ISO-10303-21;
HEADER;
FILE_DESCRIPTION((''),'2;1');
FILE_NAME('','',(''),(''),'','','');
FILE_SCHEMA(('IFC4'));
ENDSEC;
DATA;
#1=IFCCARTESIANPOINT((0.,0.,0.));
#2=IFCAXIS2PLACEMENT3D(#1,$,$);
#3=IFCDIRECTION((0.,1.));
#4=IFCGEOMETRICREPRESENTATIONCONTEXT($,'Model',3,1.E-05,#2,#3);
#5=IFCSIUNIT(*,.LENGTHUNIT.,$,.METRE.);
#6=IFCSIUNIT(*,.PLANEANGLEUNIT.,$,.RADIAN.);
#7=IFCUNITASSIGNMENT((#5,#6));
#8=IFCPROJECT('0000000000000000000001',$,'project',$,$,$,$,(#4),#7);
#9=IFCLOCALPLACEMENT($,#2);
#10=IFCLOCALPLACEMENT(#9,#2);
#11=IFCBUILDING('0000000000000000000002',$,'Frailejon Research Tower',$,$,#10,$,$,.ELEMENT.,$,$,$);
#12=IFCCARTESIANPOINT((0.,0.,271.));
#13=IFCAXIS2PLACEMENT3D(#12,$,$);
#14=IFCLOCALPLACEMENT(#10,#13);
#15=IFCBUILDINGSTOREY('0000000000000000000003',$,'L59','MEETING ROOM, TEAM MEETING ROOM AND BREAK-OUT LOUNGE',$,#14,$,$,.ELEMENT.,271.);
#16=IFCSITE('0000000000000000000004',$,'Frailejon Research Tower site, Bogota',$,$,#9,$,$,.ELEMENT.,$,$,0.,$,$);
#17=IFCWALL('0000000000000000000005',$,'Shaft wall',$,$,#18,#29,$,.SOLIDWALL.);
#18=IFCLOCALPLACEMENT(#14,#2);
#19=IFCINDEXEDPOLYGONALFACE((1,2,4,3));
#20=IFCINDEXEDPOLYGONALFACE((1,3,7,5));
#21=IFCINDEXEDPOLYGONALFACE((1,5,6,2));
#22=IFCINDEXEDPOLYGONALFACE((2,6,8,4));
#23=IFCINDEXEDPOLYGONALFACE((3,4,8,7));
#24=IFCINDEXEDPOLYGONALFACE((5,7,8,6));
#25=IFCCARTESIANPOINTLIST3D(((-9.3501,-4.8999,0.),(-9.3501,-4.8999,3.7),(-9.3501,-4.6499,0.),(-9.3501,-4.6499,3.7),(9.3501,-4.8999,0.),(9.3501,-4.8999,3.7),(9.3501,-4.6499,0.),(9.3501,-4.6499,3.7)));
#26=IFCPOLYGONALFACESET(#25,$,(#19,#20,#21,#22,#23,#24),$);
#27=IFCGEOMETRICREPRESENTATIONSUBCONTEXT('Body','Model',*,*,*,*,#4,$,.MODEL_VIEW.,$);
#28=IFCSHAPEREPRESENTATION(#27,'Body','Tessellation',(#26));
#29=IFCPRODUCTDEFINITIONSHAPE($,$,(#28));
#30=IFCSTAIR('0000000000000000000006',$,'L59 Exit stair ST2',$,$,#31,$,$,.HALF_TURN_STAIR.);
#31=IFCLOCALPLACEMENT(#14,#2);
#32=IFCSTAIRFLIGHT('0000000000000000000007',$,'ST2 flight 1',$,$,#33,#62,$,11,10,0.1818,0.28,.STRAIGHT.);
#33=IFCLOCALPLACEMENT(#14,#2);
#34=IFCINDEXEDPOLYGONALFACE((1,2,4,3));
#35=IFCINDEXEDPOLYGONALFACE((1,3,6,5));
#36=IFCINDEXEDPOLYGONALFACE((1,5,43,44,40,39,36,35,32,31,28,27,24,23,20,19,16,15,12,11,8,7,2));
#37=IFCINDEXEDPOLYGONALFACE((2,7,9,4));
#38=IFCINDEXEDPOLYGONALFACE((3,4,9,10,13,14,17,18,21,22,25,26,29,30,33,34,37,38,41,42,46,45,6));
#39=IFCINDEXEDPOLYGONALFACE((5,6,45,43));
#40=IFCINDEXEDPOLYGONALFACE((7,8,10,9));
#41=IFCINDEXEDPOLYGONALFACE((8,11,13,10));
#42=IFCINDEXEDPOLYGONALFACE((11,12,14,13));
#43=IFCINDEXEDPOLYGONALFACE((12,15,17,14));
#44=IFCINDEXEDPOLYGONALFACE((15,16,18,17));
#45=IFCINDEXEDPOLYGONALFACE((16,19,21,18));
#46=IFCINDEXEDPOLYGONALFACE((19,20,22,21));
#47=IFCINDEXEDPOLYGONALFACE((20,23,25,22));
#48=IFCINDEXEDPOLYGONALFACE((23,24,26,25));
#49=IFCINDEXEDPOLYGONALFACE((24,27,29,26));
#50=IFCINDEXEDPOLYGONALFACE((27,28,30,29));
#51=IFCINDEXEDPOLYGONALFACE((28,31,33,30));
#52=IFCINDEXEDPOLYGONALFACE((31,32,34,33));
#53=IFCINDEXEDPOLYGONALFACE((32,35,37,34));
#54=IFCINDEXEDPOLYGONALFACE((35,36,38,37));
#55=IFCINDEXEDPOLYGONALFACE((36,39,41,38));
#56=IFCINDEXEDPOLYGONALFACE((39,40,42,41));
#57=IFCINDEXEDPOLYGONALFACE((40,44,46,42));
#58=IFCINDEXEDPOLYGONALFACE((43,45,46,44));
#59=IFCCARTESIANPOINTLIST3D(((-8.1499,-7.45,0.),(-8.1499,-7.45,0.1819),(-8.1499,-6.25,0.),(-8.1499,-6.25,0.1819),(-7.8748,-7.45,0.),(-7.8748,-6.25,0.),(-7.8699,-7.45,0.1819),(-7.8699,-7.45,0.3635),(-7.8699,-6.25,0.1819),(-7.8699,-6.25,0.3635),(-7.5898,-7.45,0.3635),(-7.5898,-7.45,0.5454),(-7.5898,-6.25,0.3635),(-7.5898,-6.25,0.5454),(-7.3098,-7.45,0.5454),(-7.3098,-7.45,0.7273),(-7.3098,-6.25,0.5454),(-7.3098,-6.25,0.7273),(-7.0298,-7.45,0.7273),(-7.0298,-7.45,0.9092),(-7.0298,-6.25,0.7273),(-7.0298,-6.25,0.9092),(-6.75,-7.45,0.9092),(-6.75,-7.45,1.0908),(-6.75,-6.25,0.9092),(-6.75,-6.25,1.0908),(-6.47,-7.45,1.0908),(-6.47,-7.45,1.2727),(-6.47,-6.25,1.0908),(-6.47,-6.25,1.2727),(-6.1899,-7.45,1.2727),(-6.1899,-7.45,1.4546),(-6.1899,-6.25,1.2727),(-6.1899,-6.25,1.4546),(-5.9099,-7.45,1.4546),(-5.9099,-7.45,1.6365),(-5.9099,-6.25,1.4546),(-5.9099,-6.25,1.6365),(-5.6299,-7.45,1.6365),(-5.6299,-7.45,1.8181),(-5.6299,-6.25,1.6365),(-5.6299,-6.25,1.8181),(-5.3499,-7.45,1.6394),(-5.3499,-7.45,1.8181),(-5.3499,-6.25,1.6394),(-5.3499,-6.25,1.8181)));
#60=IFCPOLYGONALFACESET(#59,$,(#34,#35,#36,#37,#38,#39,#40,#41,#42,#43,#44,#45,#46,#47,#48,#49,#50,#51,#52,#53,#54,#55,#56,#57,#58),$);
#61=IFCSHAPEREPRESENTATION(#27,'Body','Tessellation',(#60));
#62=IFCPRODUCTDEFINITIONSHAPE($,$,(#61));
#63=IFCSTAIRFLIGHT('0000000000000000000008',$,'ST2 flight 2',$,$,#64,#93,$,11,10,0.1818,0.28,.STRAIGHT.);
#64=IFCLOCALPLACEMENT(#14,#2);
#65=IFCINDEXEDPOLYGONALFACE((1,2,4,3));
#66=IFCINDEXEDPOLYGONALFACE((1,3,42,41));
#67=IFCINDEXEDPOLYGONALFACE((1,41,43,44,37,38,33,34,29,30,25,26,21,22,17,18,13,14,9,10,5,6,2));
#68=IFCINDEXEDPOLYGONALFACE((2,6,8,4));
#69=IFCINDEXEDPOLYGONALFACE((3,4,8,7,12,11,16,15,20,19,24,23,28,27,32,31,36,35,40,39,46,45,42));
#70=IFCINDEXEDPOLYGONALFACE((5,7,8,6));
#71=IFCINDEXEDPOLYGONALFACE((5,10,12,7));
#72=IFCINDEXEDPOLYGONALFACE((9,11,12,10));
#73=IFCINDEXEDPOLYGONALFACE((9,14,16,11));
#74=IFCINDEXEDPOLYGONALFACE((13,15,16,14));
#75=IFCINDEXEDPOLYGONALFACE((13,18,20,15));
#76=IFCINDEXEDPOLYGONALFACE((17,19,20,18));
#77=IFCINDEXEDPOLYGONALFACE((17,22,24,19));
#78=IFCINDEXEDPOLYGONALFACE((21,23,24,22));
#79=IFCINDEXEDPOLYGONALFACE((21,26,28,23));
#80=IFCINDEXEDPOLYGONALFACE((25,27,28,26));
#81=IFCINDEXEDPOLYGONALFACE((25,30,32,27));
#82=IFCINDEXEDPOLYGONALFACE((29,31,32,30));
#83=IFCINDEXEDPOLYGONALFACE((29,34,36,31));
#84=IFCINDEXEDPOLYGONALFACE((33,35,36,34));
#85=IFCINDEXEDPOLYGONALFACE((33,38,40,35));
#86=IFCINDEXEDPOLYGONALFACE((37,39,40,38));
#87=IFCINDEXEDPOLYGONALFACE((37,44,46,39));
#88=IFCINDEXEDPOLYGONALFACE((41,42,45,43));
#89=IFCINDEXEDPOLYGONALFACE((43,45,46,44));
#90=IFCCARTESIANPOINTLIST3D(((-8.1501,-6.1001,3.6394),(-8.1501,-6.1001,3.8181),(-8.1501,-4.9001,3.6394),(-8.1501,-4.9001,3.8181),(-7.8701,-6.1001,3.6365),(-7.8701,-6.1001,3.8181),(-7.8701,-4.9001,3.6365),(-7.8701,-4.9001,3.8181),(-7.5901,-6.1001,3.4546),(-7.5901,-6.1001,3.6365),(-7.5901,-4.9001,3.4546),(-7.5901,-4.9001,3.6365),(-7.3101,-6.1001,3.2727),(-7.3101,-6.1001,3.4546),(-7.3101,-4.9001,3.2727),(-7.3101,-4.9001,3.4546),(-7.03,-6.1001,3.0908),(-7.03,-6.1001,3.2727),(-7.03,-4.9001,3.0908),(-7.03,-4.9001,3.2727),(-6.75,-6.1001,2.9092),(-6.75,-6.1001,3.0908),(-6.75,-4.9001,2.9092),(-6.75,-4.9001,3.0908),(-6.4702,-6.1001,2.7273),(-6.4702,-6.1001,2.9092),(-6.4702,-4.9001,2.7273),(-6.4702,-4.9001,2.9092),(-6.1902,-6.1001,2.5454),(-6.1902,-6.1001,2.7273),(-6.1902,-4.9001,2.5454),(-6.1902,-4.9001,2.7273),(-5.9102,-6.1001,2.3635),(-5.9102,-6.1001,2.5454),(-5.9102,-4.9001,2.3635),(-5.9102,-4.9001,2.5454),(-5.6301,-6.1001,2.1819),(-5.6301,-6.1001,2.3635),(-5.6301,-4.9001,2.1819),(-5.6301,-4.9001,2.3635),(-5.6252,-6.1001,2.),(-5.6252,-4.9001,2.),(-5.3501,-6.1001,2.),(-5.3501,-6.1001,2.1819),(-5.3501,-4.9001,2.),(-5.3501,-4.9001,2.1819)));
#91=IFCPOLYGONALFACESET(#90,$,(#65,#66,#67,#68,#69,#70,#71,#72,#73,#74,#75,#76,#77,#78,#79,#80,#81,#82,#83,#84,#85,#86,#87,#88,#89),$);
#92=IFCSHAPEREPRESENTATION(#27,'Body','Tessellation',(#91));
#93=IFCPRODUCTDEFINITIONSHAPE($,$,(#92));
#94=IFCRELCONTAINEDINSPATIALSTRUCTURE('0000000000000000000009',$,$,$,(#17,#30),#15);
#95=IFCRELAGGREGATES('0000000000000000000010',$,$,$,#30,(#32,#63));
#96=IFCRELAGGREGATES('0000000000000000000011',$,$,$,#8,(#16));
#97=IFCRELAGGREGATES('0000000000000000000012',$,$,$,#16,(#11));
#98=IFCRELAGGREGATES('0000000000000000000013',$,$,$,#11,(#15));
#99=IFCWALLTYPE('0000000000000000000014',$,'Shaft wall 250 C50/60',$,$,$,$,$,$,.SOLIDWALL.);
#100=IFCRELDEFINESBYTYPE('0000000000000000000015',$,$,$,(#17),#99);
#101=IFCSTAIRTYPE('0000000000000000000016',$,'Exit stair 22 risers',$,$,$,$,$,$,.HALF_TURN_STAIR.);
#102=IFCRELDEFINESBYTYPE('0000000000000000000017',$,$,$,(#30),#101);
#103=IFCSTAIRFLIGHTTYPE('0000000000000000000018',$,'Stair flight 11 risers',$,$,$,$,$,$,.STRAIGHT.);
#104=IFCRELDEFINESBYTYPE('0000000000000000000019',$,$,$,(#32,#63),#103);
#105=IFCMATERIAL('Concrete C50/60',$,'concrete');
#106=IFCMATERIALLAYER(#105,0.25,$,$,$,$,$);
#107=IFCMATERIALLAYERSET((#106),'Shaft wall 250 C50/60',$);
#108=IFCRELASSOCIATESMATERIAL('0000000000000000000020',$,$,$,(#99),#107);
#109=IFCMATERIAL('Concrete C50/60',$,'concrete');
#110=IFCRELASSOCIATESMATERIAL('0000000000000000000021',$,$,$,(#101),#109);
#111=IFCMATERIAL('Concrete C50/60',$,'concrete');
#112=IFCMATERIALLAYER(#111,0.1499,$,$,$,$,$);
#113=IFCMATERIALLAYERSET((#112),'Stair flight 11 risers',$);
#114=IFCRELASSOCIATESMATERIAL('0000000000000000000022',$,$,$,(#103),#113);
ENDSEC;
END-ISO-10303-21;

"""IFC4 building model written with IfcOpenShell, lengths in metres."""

from ifc_helpers import new_model, si_unit, direction, frame, frame_2d, origin, place, context, subcontext, project, spatial, polyline, rectangle, outline, extrude, material, layer, layer_set, type_object, element, aggregate, save


model = new_model("IFC4")

# Units and contexts
model_context = context("Model", 3, precision=1e-05, world=origin(), true_north=direction((0.0, 1.0)))
body_context = subcontext(model_context, "Body", "Model", "MODEL_VIEW")
ifc_project = project(units=[si_unit("LENGTHUNIT", "METRE"), si_unit("PLANEANGLEUNIT", "RADIAN")], contexts=[model_context])

# Site, building, storey
site_placement = place(None, origin())
site = spatial("IfcSite", under=ifc_project, at=site_placement, Name="Frailejon Research Tower site, Bogota", CompositionType="ELEMENT", RefElevation=0.0)
building_placement = place(site_placement, origin())
building = spatial("IfcBuilding", under=site, at=building_placement, Name="Frailejon Research Tower", CompositionType="ELEMENT")
storey_placement = place(building_placement, frame((0.0, 0.0, 271.0)))
storey = spatial("IfcBuildingStorey", under=building, at=storey_placement, Name="L59", Description="MEETING ROOM, TEAM MEETING ROOM AND BREAK-OUT LOUNGE", CompositionType="ELEMENT", Elevation=271.0)

# Shared definitions
ifc_material_1 = material(Name="Concrete C50/60", Category="concrete")
ifc_layer_1 = layer(ifc_material_1, 0.25)
ifc_layer_set_1 = layer_set([ifc_layer_1], Name="Shaft wall 250 C50/60")
wall_type_1 = type_object("IfcWallType", Name="Shaft wall 250 C50/60", PredefinedType="SOLIDWALL", material=ifc_layer_set_1)

# Wall
wall_1_placement = place(storey_placement, frame((-9.3501, -4.7749, 0.0), z_axis=(0.0, 0.0, 1.0), x_axis=(1.0, 0.0, 0.0)))
element("IfcWall", 1, at=wall_1_placement, inside=storey, type_object=wall_type_1, Name="Shaft wall", PredefinedType="SOLIDWALL", context=body_context, shape_type="SweptSolid", body=[
    extrude(rectangle(XDim=18.7002, YDim=0.25, at=frame_2d((9.3501, 0.0))), origin(), (0.0, 0.0, 1.0), 3.7),
])

# Stair, stair flights
ifc_material_2 = material(Name="Concrete C50/60", Category="concrete")
stair_type = type_object("IfcStairType", Name="Exit stair 22 risers", PredefinedType="HALF_TURN_STAIR", material=ifc_material_2)
stair_placement = place(storey_placement, origin())
stair = element("IfcStair", 2, at=stair_placement, inside=storey, type_object=stair_type, Name="L59 Exit stair ST2", PredefinedType="HALF_TURN_STAIR")
ifc_material_3 = material(Name="Concrete C50/60", Category="concrete")
ifc_layer_2 = layer(ifc_material_3, 0.1499)
ifc_layer_set_2 = layer_set([ifc_layer_2], Name="Stair flight 11 risers")
stair_flight_type = type_object("IfcStairFlightType", Name="Stair flight 11 risers", PredefinedType="STRAIGHT", material=ifc_layer_set_2)
stair_flight_1_placement = place(storey_placement, frame((-8.1499, -6.8501, 0.0), z_axis=(0.0, 0.0, 1.0), x_axis=(1.0, 0.0, 0.0)))
stair_flight_1 = element("IfcStairFlight", 3, at=stair_flight_1_placement, type_object=stair_flight_type, Name="ST2 flight 1", NumberOfRisers=11, NumberOfTreads=10, PredefinedType="STRAIGHT", RiserHeight=0.1818, TreadLength=0.28, context=body_context, shape_type="SweptSolid", body=[
    extrude(outline(polyline([(0.0, 0.0), (0.0, 0.1819), (0.28, 0.1819), (0.28, 0.3635), (0.5601, 0.3635), (0.5601, 0.5454), (0.8401, 0.5454), (0.8401, 0.7273), (1.1201, 0.7273), (1.1201, 0.9092), (1.3999, 0.9092), (1.3999, 1.0908), (1.6799, 1.0908), (1.6799, 1.2727), (1.96, 1.2727), (1.96, 1.4546), (2.24, 1.4546), (2.24, 1.6365), (2.52, 1.6365), (2.52, 1.8181), (2.8, 1.8181), (2.8, 2.0), (2.8, 1.6394), (0.2751, 0.0), (0.0, 0.0)])), frame((0.0, 0.6001, 0.0), z_axis=(0.0, -1.0, 0.0), x_axis=(1.0, 0.0, 0.0)), (0.0, 0.0, 1.0), 1.2),
])
stair_flight_2_placement = place(storey_placement, frame((-5.3501, -5.5, 2.0), z_axis=(0.0, 0.0, 1.0), x_axis=(-1.0, 0.0, 0.0)))
stair_flight_2 = element("IfcStairFlight", 4, at=stair_flight_2_placement, type_object=stair_flight_type, Name="ST2 flight 2", NumberOfRisers=11, NumberOfTreads=10, PredefinedType="STRAIGHT", RiserHeight=0.1818, TreadLength=0.28, context=body_context, shape_type="SweptSolid", body=[
    extrude(outline(polyline([(0.0, 0.0), (0.0, 0.1819), (0.28, 0.1819), (0.28, 0.3635), (0.5601, 0.3635), (0.5601, 0.5454), (0.8401, 0.5454), (0.8401, 0.7273), (1.1201, 0.7273), (1.1201, 0.9092), (1.3999, 0.9092), (1.3999, 1.0908), (1.6799, 1.0908), (1.6799, 1.2727), (1.96, 1.2727), (1.96, 1.4546), (2.24, 1.4546), (2.24, 1.6365), (2.52, 1.6365), (2.52, 1.8181), (2.8, 1.8181), (2.8, 2.0), (2.8, 1.6394), (0.2751, 0.0), (0.0, 0.0)])), frame((0.0, 0.6001, 0.0), z_axis=(0.0, -1.0, 0.0), x_axis=(1.0, 0.0, 0.0)), (0.0, 0.0, 1.0), 1.2),
])
aggregate(stair, [stair_flight_1, stair_flight_2])

save(model, "model.ifc")
